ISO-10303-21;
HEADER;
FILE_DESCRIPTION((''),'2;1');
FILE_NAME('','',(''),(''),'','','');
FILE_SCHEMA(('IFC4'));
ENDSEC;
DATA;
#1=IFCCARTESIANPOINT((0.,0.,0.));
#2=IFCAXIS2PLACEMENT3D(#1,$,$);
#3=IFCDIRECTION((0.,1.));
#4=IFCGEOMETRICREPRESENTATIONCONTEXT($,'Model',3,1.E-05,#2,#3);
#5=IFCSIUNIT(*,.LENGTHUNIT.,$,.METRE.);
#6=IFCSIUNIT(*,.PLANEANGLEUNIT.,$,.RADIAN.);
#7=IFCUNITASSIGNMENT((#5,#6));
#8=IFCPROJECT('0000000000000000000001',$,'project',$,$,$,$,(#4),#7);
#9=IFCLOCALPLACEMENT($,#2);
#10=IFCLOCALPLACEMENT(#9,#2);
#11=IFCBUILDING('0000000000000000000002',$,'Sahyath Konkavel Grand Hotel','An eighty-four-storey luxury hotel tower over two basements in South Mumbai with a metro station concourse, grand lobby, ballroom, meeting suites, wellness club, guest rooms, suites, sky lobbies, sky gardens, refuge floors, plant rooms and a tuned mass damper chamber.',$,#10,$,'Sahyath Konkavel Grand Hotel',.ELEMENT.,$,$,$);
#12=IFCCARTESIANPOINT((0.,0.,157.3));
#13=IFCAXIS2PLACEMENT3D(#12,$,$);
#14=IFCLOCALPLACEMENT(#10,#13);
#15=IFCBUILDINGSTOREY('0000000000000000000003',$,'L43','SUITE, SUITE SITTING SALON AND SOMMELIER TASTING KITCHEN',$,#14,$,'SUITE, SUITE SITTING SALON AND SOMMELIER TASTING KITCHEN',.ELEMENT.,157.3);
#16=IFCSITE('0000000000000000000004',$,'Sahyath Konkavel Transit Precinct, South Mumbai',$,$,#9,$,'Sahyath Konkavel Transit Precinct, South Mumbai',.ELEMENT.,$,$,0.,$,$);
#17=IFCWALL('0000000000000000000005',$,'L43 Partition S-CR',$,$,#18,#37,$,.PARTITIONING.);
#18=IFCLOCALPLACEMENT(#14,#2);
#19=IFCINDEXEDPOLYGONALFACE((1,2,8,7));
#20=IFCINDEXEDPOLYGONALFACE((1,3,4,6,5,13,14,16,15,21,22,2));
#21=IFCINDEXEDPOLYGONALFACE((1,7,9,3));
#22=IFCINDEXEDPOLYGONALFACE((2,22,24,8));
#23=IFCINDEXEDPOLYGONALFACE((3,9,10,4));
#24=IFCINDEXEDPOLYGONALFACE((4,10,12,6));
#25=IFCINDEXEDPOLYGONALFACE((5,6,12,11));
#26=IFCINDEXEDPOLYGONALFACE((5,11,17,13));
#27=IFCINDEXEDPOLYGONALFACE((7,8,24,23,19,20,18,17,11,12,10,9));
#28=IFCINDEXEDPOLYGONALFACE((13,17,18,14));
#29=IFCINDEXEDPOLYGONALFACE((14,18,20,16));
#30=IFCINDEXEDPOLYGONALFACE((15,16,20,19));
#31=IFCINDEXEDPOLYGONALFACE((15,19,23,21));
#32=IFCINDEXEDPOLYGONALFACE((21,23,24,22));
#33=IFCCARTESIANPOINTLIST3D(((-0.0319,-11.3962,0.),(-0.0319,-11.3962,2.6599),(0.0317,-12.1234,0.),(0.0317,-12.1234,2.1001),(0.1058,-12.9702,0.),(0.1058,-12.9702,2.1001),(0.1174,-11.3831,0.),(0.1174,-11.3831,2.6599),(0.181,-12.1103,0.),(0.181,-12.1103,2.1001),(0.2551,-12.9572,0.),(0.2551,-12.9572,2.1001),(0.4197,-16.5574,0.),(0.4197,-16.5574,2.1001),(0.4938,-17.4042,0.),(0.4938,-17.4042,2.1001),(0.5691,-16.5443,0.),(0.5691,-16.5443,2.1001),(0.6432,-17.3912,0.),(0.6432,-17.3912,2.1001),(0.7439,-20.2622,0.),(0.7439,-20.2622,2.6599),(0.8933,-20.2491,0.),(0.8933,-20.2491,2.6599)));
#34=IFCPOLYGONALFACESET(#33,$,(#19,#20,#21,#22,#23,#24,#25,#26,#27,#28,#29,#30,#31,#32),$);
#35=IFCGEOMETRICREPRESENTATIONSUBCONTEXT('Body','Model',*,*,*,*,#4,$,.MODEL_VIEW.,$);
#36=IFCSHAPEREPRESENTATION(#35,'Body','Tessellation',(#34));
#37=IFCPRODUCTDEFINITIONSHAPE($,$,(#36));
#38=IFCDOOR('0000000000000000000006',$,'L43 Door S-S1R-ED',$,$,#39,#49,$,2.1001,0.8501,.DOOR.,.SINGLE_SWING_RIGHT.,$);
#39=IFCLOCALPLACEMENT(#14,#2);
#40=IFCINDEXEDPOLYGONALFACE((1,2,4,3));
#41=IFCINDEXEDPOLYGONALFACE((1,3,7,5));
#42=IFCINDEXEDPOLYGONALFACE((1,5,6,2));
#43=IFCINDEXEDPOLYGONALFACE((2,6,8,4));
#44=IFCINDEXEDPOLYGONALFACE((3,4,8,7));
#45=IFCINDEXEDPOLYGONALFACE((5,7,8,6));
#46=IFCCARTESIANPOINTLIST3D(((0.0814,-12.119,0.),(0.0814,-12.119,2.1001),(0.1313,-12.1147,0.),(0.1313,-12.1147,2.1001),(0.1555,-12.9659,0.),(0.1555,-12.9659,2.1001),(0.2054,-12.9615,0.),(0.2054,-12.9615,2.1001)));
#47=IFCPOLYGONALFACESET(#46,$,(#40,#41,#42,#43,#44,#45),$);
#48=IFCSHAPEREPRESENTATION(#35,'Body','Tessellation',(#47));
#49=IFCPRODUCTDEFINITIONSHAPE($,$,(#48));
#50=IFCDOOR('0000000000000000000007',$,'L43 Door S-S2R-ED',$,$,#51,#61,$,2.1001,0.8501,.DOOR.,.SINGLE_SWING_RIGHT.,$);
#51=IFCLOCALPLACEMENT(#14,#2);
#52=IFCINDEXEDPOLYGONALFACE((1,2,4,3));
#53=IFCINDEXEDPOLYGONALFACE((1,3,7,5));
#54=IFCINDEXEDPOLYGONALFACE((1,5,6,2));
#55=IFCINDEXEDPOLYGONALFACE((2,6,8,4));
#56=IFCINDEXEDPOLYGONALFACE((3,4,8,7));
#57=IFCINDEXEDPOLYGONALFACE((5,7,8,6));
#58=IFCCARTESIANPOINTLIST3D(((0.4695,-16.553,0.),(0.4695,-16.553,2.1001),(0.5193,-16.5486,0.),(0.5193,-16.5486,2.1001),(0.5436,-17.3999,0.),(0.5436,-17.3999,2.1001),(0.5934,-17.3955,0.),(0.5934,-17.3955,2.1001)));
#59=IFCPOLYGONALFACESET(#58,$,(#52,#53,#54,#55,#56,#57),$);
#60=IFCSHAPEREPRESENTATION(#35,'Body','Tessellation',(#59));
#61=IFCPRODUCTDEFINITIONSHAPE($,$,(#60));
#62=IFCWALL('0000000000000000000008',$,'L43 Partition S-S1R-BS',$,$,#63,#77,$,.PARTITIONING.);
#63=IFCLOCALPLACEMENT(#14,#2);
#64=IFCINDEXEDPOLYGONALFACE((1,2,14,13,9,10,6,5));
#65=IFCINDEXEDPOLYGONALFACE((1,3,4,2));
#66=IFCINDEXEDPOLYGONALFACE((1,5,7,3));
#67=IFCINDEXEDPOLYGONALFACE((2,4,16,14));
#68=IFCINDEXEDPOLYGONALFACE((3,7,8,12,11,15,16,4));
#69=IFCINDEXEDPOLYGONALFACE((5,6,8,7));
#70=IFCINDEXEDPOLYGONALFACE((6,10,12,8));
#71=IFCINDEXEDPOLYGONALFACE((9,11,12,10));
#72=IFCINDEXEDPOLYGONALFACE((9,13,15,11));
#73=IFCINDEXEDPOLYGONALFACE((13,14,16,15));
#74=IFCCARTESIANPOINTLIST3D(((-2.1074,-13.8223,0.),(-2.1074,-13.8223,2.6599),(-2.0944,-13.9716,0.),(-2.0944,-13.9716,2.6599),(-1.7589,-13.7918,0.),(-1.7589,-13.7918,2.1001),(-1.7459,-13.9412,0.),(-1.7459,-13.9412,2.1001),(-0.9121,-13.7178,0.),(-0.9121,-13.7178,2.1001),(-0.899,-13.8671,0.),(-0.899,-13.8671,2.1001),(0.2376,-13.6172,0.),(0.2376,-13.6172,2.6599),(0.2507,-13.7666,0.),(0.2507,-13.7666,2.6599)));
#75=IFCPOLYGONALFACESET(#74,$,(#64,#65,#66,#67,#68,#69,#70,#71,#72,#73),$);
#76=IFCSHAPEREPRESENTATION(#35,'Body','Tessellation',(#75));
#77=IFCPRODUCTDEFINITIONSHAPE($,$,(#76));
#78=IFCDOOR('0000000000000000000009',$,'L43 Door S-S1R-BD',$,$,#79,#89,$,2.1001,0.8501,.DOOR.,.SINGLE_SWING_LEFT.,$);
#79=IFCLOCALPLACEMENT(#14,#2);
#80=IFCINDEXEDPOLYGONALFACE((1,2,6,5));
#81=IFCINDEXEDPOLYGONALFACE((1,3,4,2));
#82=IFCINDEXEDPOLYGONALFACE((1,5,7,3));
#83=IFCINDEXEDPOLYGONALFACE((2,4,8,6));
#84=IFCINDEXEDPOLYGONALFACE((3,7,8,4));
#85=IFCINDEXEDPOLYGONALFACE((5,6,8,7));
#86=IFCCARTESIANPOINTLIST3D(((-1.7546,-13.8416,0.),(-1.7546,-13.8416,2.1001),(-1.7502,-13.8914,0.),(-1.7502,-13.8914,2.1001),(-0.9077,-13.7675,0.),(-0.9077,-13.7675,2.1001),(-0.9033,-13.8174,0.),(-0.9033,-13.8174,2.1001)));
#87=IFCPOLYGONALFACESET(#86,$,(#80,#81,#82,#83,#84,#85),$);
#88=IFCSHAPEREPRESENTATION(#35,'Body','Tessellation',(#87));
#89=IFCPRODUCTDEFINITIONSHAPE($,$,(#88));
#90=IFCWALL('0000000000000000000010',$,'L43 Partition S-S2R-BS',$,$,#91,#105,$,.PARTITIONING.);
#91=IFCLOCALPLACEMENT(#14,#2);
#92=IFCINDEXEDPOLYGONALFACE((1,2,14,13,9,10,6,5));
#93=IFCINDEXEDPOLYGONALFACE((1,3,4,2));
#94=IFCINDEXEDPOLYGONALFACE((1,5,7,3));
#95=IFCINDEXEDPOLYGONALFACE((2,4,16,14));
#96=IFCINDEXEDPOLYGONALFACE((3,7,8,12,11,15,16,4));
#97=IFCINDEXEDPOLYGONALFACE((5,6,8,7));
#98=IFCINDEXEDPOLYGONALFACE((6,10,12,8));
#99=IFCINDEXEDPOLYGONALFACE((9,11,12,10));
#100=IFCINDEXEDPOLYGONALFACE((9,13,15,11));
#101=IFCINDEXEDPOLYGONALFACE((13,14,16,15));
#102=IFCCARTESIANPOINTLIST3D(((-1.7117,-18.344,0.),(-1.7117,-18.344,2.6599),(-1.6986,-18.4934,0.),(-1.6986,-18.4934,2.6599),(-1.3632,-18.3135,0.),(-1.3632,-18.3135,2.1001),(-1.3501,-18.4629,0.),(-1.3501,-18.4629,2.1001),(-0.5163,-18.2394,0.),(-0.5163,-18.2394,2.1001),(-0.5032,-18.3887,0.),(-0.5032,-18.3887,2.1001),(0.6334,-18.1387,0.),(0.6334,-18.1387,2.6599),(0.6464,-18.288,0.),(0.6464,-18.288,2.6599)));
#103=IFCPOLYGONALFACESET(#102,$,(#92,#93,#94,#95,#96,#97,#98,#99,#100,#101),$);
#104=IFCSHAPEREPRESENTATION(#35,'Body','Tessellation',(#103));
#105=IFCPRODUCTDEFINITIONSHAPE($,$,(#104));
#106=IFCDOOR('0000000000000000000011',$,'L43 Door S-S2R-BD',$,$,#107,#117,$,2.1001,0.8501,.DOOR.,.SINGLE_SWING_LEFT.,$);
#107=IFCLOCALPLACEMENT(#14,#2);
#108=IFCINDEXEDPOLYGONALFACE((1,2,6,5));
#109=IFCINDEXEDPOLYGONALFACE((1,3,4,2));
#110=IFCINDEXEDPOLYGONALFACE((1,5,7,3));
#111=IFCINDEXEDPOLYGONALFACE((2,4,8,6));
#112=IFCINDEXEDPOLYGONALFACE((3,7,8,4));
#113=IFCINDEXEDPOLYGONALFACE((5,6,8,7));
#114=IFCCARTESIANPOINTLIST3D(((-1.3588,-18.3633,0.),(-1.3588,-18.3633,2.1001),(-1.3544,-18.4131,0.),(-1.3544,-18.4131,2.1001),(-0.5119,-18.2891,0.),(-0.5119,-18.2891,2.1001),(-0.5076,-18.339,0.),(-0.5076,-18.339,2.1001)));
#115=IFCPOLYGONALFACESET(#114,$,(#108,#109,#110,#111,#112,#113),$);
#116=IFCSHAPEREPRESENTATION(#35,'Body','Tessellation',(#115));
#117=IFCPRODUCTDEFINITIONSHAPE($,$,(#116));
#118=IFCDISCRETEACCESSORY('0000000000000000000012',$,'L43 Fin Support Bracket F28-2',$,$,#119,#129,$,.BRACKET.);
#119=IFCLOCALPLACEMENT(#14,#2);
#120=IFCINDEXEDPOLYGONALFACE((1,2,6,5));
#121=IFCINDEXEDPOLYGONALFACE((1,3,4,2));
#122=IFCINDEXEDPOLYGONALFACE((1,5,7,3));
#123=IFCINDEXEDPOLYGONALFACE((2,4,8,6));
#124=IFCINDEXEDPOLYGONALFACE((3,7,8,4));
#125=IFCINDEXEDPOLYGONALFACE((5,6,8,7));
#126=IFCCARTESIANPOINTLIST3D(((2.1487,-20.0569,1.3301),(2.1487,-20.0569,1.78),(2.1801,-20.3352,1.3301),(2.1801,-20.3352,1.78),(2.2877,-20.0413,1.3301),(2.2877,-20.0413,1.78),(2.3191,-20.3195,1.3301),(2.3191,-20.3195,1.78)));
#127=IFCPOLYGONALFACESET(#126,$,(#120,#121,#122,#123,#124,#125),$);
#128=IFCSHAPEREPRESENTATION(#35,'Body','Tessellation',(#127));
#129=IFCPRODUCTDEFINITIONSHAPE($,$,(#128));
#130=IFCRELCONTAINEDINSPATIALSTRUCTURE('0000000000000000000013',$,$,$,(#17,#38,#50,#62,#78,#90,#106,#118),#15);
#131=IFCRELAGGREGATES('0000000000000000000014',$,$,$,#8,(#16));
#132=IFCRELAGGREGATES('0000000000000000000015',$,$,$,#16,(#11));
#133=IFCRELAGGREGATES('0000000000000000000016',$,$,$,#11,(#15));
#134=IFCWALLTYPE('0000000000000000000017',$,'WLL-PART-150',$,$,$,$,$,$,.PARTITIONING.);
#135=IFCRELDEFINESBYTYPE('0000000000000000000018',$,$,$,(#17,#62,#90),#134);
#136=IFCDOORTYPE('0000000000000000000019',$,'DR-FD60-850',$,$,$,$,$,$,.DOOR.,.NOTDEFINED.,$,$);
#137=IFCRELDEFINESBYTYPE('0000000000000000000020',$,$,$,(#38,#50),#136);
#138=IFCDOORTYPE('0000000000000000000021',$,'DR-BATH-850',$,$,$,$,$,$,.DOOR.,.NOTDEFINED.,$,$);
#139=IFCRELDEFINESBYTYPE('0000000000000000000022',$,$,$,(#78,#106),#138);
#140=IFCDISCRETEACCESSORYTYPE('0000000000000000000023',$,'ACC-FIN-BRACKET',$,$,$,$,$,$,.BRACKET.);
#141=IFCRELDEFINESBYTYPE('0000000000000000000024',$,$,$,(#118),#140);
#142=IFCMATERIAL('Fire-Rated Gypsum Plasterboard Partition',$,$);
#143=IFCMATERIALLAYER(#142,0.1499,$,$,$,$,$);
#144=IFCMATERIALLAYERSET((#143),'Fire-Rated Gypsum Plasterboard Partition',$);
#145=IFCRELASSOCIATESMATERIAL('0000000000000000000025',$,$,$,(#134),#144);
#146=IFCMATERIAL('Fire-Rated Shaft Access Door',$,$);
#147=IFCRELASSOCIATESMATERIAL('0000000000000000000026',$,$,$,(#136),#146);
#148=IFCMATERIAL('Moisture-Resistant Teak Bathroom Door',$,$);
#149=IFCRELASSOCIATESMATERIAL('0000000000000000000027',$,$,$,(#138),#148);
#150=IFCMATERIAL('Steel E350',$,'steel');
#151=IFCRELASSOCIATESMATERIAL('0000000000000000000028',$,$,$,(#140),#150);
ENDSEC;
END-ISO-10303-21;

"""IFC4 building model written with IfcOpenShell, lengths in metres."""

from ifc_helpers import new_model, si_unit, direction, frame, frame_2d, origin, origin_2d, place, context, subcontext, project, spatial, rectangle, extrude, source, transform, mapped, material, layer, layer_set, type_object, element, fill, save


model = new_model("IFC4")

# Units and contexts
model_context = context("Model", 3, precision=1e-05, world=origin(), true_north=direction((0.0, 1.0)))
body_context = subcontext(model_context, "Body", "Model", "MODEL_VIEW")
ifc_project = project(units=[si_unit("LENGTHUNIT", "METRE"), si_unit("PLANEANGLEUNIT", "RADIAN")], contexts=[model_context])

# Site, building, storey
site_placement = place(None, origin())
site = spatial("IfcSite", under=ifc_project, at=site_placement, Name="Sahyath Konkavel Transit Precinct, South Mumbai", LongName="Sahyath Konkavel Transit Precinct, South Mumbai", CompositionType="ELEMENT", RefElevation=0.0)
building_placement = place(site_placement, origin())
building = spatial("IfcBuilding", under=site, at=building_placement, Name="Sahyath Konkavel Grand Hotel", Description="An eighty-four-storey luxury hotel tower over two basements in South Mumbai with a metro station concourse, grand lobby, ballroom, meeting suites, wellness club, guest rooms, suites, sky lobbies, sky gardens, refuge floors, plant rooms and a tuned mass damper chamber.", LongName="Sahyath Konkavel Grand Hotel", CompositionType="ELEMENT")
storey_placement = place(building_placement, frame((0.0, 0.0, 157.3)))
storey = spatial("IfcBuildingStorey", under=building, at=storey_placement, Name="L43", Description="SUITE, SUITE SITTING SALON AND SOMMELIER TASTING KITCHEN", LongName="SUITE, SUITE SITTING SALON AND SOMMELIER TASTING KITCHEN", CompositionType="ELEMENT", Elevation=157.3)

# Shared definitions
ifc_material_1 = material(Name="Steel E350", Category="steel")

# Wall, openings, doors
ifc_material_2 = material(Name="Fire-Rated Gypsum Plasterboard Partition")
ifc_layer_1 = layer(ifc_material_2, 0.1499)
ifc_layer_set_1 = layer_set([ifc_layer_1], Name="Fire-Rated Gypsum Plasterboard Partition")
wall_type_1 = type_object("IfcWallType", Name="WLL-PART-150", PredefinedType="PARTITIONING", material=ifc_layer_set_1)
ifc_material_3 = material(Name="Fire-Rated Shaft Access Door")
door_type_1 = type_object("IfcDoorType", Name="DR-FD60-850", OperationType="NOTDEFINED", PredefinedType="DOOR", material=ifc_material_3)
shared_shape_1 = source(origin(), body_context, "Body", "SweptSolid", [
    extrude(rectangle(XDim=0.8501, YDim=0.05, at=origin_2d()), origin(), (0.0, 0.0, 1.0), 2.1001),
])
wall_1_placement = place(storey_placement, frame((0.0427, -11.3896, 0.0), z_axis=(0.0, 0.0, 1.0), x_axis=(0.087179, -0.996193, 0.0)))
wall_1 = element("IfcWall", 1, at=wall_1_placement, inside=storey, type_object=wall_type_1, Name="L43 Partition S-CR", PredefinedType="PARTITIONING", context=body_context, shape_type="SweptSolid", body=[
    extrude(rectangle(XDim=8.8999, YDim=0.1499, at=frame_2d((4.45, 0.0))), origin(), (0.0, 0.0, 1.0), 2.6599),
])
opening_1_placement = place(wall_1_placement, frame((0.73, 0.0, 0.0)))
opening_1 = element("IfcOpeningElement", 2, at=opening_1_placement, cuts=wall_1, PredefinedType="OPENING", context=body_context, shape_type="SweptSolid", body=[
    extrude(rectangle(XDim=0.8501, YDim=2.1001, at=frame_2d((0.425, 1.05))), frame((0.0, 0.085, 0.0), z_axis=(0.0, -1.0, 0.0), x_axis=(1.0, 0.0, 0.0)), (0.0, 0.0, 1.0), 0.1699),
])
opening_2_placement = place(wall_1_placement, frame((5.1809, 0.0, 0.0)))
opening_2 = element("IfcOpeningElement", 3, at=opening_2_placement, cuts=wall_1, PredefinedType="OPENING", context=body_context, shape_type="SweptSolid", body=[
    extrude(rectangle(XDim=0.8501, YDim=2.1001, at=frame_2d((0.425, 1.05))), frame((0.0, 0.085, 0.0), z_axis=(0.0, -1.0, 0.0), x_axis=(1.0, 0.0, 0.0)), (0.0, 0.0, 1.0), 0.1699),
])
door_1_placement = place(opening_1_placement, frame((0.425, 0.0, 0.0)))
door_1 = element("IfcDoor", 4, at=door_1_placement, inside=storey, type_object=door_type_1, Name="L43 Door S-S1R-ED", OperationType="SINGLE_SWING_RIGHT", OverallHeight=2.1001, OverallWidth=0.8501, PredefinedType="DOOR", context=body_context, shape_type="MappedRepresentation", body=[
    mapped(shared_shape_1, transform((0.0, 0.0, 0.0), scale=1.0)),
])
fill(opening_1, door_1)
door_2_placement = place(opening_2_placement, frame((0.425, 0.0, 0.0)))
door_2 = element("IfcDoor", 5, at=door_2_placement, inside=storey, type_object=door_type_1, Name="L43 Door S-S2R-ED", OperationType="SINGLE_SWING_RIGHT", OverallHeight=2.1001, OverallWidth=0.8501, PredefinedType="DOOR", context=body_context, shape_type="MappedRepresentation", body=[
    mapped(shared_shape_1, transform((0.0, 0.0, 0.0), scale=1.0)),
])
fill(opening_2, door_2)

# Walls, openings, doors
wall_2_placement = place(storey_placement, frame((0.2441, -13.6919, 0.0), z_axis=(0.0, 0.0, 1.0), x_axis=(-0.996198, -0.087122, 0.0)))
wall_2 = element("IfcWall", 6, at=wall_2_placement, inside=storey, type_object=wall_type_1, Name="L43 Partition S-S1R-BS", PredefinedType="PARTITIONING", context=body_context, shape_type="SweptSolid", body=[
    extrude(rectangle(XDim=2.354, YDim=0.1499, at=frame_2d((1.177, 0.0))), origin(), (0.0, 0.0, 1.0), 2.6599),
])
opening_3_placement = place(wall_2_placement, frame((1.1541, 0.0, 0.0)))
opening_3 = element("IfcOpeningElement", 7, at=opening_3_placement, cuts=wall_2, PredefinedType="OPENING", context=body_context, shape_type="SweptSolid", body=[
    extrude(rectangle(XDim=0.8501, YDim=2.1001, at=frame_2d((0.425, 1.05))), frame((0.0, 0.085, 0.0), z_axis=(0.0, -1.0, 0.0), x_axis=(1.0, 0.0, 0.0)), (0.0, 0.0, 1.0), 0.1699),
])
ifc_material_4 = material(Name="Moisture-Resistant Teak Bathroom Door")
door_type_2 = type_object("IfcDoorType", Name="DR-BATH-850", OperationType="NOTDEFINED", PredefinedType="DOOR", material=ifc_material_4)
door_3_placement = place(opening_3_placement, frame((0.425, 0.0, 0.0)))
door_3 = element("IfcDoor", 8, at=door_3_placement, inside=storey, type_object=door_type_2, Name="L43 Door S-S1R-BD", OperationType="SINGLE_SWING_LEFT", OverallHeight=2.1001, OverallWidth=0.8501, PredefinedType="DOOR", context=body_context, shape_type="MappedRepresentation", body=[
    mapped(shared_shape_1, transform((0.0, 0.0, 0.0), scale=1.0)),
])
fill(opening_3, door_3)
wall_3_placement = place(storey_placement, frame((0.6399, -18.2134, 0.0), z_axis=(0.0, 0.0, 1.0), x_axis=(-0.996189, -0.087225, 0.0)))
wall_3 = element("IfcWall", 9, at=wall_3_placement, inside=storey, type_object=wall_type_1, Name="L43 Partition S-S2R-BS", PredefinedType="PARTITIONING", context=body_context, shape_type="SweptSolid", body=[
    extrude(rectangle(XDim=2.354, YDim=0.1499, at=frame_2d((1.177, 0.0))), origin(), (0.0, 0.0, 1.0), 2.6599),
])
opening_4_placement = place(wall_3_placement, frame((1.1541, 0.0, 0.0)))
opening_4 = element("IfcOpeningElement", 10, at=opening_4_placement, cuts=wall_3, PredefinedType="OPENING", context=body_context, shape_type="SweptSolid", body=[
    extrude(rectangle(XDim=0.8501, YDim=2.1001, at=frame_2d((0.425, 1.05))), frame((0.0, 0.085, 0.0), z_axis=(0.0, -1.0, 0.0), x_axis=(1.0, 0.0, 0.0)), (0.0, 0.0, 1.0), 0.1699),
])
door_4_placement = place(opening_4_placement, frame((0.425, 0.0, 0.0)))
door_4 = element("IfcDoor", 11, at=door_4_placement, inside=storey, type_object=door_type_2, Name="L43 Door S-S2R-BD", OperationType="SINGLE_SWING_LEFT", OverallHeight=2.1001, OverallWidth=0.8501, PredefinedType="DOOR", context=body_context, shape_type="MappedRepresentation", body=[
    mapped(shared_shape_1, transform((0.0, 0.0, 0.0), scale=1.0)),
])
fill(opening_4, door_4)

# Discrete accessory
discrete_accessory_type = type_object("IfcDiscreteAccessoryType", Name="ACC-FIN-BRACKET", PredefinedType="BRACKET", material=ifc_material_1)
shared_shape_2 = source(origin(), body_context, "Body", "SweptSolid", [
    extrude(rectangle(XDim=0.28, YDim=0.1399, at=origin_2d()), origin(), (0.0, 0.0, 1.0), 0.45),
])
discrete_accessory_placement = place(storey_placement, frame((2.2339, -20.1882, 1.3301), z_axis=(0.0, 0.0, 1.0), x_axis=(0.112007, -0.993707, 0.0)))
element("IfcDiscreteAccessory", 12, at=discrete_accessory_placement, inside=storey, type_object=discrete_accessory_type, Name="L43 Fin Support Bracket F28-2", PredefinedType="BRACKET", context=body_context, shape_type="MappedRepresentation", body=[
    mapped(shared_shape_2, transform((0.0, 0.0, 0.0), scale=1.0)),
])

save(model, "model.ifc")
